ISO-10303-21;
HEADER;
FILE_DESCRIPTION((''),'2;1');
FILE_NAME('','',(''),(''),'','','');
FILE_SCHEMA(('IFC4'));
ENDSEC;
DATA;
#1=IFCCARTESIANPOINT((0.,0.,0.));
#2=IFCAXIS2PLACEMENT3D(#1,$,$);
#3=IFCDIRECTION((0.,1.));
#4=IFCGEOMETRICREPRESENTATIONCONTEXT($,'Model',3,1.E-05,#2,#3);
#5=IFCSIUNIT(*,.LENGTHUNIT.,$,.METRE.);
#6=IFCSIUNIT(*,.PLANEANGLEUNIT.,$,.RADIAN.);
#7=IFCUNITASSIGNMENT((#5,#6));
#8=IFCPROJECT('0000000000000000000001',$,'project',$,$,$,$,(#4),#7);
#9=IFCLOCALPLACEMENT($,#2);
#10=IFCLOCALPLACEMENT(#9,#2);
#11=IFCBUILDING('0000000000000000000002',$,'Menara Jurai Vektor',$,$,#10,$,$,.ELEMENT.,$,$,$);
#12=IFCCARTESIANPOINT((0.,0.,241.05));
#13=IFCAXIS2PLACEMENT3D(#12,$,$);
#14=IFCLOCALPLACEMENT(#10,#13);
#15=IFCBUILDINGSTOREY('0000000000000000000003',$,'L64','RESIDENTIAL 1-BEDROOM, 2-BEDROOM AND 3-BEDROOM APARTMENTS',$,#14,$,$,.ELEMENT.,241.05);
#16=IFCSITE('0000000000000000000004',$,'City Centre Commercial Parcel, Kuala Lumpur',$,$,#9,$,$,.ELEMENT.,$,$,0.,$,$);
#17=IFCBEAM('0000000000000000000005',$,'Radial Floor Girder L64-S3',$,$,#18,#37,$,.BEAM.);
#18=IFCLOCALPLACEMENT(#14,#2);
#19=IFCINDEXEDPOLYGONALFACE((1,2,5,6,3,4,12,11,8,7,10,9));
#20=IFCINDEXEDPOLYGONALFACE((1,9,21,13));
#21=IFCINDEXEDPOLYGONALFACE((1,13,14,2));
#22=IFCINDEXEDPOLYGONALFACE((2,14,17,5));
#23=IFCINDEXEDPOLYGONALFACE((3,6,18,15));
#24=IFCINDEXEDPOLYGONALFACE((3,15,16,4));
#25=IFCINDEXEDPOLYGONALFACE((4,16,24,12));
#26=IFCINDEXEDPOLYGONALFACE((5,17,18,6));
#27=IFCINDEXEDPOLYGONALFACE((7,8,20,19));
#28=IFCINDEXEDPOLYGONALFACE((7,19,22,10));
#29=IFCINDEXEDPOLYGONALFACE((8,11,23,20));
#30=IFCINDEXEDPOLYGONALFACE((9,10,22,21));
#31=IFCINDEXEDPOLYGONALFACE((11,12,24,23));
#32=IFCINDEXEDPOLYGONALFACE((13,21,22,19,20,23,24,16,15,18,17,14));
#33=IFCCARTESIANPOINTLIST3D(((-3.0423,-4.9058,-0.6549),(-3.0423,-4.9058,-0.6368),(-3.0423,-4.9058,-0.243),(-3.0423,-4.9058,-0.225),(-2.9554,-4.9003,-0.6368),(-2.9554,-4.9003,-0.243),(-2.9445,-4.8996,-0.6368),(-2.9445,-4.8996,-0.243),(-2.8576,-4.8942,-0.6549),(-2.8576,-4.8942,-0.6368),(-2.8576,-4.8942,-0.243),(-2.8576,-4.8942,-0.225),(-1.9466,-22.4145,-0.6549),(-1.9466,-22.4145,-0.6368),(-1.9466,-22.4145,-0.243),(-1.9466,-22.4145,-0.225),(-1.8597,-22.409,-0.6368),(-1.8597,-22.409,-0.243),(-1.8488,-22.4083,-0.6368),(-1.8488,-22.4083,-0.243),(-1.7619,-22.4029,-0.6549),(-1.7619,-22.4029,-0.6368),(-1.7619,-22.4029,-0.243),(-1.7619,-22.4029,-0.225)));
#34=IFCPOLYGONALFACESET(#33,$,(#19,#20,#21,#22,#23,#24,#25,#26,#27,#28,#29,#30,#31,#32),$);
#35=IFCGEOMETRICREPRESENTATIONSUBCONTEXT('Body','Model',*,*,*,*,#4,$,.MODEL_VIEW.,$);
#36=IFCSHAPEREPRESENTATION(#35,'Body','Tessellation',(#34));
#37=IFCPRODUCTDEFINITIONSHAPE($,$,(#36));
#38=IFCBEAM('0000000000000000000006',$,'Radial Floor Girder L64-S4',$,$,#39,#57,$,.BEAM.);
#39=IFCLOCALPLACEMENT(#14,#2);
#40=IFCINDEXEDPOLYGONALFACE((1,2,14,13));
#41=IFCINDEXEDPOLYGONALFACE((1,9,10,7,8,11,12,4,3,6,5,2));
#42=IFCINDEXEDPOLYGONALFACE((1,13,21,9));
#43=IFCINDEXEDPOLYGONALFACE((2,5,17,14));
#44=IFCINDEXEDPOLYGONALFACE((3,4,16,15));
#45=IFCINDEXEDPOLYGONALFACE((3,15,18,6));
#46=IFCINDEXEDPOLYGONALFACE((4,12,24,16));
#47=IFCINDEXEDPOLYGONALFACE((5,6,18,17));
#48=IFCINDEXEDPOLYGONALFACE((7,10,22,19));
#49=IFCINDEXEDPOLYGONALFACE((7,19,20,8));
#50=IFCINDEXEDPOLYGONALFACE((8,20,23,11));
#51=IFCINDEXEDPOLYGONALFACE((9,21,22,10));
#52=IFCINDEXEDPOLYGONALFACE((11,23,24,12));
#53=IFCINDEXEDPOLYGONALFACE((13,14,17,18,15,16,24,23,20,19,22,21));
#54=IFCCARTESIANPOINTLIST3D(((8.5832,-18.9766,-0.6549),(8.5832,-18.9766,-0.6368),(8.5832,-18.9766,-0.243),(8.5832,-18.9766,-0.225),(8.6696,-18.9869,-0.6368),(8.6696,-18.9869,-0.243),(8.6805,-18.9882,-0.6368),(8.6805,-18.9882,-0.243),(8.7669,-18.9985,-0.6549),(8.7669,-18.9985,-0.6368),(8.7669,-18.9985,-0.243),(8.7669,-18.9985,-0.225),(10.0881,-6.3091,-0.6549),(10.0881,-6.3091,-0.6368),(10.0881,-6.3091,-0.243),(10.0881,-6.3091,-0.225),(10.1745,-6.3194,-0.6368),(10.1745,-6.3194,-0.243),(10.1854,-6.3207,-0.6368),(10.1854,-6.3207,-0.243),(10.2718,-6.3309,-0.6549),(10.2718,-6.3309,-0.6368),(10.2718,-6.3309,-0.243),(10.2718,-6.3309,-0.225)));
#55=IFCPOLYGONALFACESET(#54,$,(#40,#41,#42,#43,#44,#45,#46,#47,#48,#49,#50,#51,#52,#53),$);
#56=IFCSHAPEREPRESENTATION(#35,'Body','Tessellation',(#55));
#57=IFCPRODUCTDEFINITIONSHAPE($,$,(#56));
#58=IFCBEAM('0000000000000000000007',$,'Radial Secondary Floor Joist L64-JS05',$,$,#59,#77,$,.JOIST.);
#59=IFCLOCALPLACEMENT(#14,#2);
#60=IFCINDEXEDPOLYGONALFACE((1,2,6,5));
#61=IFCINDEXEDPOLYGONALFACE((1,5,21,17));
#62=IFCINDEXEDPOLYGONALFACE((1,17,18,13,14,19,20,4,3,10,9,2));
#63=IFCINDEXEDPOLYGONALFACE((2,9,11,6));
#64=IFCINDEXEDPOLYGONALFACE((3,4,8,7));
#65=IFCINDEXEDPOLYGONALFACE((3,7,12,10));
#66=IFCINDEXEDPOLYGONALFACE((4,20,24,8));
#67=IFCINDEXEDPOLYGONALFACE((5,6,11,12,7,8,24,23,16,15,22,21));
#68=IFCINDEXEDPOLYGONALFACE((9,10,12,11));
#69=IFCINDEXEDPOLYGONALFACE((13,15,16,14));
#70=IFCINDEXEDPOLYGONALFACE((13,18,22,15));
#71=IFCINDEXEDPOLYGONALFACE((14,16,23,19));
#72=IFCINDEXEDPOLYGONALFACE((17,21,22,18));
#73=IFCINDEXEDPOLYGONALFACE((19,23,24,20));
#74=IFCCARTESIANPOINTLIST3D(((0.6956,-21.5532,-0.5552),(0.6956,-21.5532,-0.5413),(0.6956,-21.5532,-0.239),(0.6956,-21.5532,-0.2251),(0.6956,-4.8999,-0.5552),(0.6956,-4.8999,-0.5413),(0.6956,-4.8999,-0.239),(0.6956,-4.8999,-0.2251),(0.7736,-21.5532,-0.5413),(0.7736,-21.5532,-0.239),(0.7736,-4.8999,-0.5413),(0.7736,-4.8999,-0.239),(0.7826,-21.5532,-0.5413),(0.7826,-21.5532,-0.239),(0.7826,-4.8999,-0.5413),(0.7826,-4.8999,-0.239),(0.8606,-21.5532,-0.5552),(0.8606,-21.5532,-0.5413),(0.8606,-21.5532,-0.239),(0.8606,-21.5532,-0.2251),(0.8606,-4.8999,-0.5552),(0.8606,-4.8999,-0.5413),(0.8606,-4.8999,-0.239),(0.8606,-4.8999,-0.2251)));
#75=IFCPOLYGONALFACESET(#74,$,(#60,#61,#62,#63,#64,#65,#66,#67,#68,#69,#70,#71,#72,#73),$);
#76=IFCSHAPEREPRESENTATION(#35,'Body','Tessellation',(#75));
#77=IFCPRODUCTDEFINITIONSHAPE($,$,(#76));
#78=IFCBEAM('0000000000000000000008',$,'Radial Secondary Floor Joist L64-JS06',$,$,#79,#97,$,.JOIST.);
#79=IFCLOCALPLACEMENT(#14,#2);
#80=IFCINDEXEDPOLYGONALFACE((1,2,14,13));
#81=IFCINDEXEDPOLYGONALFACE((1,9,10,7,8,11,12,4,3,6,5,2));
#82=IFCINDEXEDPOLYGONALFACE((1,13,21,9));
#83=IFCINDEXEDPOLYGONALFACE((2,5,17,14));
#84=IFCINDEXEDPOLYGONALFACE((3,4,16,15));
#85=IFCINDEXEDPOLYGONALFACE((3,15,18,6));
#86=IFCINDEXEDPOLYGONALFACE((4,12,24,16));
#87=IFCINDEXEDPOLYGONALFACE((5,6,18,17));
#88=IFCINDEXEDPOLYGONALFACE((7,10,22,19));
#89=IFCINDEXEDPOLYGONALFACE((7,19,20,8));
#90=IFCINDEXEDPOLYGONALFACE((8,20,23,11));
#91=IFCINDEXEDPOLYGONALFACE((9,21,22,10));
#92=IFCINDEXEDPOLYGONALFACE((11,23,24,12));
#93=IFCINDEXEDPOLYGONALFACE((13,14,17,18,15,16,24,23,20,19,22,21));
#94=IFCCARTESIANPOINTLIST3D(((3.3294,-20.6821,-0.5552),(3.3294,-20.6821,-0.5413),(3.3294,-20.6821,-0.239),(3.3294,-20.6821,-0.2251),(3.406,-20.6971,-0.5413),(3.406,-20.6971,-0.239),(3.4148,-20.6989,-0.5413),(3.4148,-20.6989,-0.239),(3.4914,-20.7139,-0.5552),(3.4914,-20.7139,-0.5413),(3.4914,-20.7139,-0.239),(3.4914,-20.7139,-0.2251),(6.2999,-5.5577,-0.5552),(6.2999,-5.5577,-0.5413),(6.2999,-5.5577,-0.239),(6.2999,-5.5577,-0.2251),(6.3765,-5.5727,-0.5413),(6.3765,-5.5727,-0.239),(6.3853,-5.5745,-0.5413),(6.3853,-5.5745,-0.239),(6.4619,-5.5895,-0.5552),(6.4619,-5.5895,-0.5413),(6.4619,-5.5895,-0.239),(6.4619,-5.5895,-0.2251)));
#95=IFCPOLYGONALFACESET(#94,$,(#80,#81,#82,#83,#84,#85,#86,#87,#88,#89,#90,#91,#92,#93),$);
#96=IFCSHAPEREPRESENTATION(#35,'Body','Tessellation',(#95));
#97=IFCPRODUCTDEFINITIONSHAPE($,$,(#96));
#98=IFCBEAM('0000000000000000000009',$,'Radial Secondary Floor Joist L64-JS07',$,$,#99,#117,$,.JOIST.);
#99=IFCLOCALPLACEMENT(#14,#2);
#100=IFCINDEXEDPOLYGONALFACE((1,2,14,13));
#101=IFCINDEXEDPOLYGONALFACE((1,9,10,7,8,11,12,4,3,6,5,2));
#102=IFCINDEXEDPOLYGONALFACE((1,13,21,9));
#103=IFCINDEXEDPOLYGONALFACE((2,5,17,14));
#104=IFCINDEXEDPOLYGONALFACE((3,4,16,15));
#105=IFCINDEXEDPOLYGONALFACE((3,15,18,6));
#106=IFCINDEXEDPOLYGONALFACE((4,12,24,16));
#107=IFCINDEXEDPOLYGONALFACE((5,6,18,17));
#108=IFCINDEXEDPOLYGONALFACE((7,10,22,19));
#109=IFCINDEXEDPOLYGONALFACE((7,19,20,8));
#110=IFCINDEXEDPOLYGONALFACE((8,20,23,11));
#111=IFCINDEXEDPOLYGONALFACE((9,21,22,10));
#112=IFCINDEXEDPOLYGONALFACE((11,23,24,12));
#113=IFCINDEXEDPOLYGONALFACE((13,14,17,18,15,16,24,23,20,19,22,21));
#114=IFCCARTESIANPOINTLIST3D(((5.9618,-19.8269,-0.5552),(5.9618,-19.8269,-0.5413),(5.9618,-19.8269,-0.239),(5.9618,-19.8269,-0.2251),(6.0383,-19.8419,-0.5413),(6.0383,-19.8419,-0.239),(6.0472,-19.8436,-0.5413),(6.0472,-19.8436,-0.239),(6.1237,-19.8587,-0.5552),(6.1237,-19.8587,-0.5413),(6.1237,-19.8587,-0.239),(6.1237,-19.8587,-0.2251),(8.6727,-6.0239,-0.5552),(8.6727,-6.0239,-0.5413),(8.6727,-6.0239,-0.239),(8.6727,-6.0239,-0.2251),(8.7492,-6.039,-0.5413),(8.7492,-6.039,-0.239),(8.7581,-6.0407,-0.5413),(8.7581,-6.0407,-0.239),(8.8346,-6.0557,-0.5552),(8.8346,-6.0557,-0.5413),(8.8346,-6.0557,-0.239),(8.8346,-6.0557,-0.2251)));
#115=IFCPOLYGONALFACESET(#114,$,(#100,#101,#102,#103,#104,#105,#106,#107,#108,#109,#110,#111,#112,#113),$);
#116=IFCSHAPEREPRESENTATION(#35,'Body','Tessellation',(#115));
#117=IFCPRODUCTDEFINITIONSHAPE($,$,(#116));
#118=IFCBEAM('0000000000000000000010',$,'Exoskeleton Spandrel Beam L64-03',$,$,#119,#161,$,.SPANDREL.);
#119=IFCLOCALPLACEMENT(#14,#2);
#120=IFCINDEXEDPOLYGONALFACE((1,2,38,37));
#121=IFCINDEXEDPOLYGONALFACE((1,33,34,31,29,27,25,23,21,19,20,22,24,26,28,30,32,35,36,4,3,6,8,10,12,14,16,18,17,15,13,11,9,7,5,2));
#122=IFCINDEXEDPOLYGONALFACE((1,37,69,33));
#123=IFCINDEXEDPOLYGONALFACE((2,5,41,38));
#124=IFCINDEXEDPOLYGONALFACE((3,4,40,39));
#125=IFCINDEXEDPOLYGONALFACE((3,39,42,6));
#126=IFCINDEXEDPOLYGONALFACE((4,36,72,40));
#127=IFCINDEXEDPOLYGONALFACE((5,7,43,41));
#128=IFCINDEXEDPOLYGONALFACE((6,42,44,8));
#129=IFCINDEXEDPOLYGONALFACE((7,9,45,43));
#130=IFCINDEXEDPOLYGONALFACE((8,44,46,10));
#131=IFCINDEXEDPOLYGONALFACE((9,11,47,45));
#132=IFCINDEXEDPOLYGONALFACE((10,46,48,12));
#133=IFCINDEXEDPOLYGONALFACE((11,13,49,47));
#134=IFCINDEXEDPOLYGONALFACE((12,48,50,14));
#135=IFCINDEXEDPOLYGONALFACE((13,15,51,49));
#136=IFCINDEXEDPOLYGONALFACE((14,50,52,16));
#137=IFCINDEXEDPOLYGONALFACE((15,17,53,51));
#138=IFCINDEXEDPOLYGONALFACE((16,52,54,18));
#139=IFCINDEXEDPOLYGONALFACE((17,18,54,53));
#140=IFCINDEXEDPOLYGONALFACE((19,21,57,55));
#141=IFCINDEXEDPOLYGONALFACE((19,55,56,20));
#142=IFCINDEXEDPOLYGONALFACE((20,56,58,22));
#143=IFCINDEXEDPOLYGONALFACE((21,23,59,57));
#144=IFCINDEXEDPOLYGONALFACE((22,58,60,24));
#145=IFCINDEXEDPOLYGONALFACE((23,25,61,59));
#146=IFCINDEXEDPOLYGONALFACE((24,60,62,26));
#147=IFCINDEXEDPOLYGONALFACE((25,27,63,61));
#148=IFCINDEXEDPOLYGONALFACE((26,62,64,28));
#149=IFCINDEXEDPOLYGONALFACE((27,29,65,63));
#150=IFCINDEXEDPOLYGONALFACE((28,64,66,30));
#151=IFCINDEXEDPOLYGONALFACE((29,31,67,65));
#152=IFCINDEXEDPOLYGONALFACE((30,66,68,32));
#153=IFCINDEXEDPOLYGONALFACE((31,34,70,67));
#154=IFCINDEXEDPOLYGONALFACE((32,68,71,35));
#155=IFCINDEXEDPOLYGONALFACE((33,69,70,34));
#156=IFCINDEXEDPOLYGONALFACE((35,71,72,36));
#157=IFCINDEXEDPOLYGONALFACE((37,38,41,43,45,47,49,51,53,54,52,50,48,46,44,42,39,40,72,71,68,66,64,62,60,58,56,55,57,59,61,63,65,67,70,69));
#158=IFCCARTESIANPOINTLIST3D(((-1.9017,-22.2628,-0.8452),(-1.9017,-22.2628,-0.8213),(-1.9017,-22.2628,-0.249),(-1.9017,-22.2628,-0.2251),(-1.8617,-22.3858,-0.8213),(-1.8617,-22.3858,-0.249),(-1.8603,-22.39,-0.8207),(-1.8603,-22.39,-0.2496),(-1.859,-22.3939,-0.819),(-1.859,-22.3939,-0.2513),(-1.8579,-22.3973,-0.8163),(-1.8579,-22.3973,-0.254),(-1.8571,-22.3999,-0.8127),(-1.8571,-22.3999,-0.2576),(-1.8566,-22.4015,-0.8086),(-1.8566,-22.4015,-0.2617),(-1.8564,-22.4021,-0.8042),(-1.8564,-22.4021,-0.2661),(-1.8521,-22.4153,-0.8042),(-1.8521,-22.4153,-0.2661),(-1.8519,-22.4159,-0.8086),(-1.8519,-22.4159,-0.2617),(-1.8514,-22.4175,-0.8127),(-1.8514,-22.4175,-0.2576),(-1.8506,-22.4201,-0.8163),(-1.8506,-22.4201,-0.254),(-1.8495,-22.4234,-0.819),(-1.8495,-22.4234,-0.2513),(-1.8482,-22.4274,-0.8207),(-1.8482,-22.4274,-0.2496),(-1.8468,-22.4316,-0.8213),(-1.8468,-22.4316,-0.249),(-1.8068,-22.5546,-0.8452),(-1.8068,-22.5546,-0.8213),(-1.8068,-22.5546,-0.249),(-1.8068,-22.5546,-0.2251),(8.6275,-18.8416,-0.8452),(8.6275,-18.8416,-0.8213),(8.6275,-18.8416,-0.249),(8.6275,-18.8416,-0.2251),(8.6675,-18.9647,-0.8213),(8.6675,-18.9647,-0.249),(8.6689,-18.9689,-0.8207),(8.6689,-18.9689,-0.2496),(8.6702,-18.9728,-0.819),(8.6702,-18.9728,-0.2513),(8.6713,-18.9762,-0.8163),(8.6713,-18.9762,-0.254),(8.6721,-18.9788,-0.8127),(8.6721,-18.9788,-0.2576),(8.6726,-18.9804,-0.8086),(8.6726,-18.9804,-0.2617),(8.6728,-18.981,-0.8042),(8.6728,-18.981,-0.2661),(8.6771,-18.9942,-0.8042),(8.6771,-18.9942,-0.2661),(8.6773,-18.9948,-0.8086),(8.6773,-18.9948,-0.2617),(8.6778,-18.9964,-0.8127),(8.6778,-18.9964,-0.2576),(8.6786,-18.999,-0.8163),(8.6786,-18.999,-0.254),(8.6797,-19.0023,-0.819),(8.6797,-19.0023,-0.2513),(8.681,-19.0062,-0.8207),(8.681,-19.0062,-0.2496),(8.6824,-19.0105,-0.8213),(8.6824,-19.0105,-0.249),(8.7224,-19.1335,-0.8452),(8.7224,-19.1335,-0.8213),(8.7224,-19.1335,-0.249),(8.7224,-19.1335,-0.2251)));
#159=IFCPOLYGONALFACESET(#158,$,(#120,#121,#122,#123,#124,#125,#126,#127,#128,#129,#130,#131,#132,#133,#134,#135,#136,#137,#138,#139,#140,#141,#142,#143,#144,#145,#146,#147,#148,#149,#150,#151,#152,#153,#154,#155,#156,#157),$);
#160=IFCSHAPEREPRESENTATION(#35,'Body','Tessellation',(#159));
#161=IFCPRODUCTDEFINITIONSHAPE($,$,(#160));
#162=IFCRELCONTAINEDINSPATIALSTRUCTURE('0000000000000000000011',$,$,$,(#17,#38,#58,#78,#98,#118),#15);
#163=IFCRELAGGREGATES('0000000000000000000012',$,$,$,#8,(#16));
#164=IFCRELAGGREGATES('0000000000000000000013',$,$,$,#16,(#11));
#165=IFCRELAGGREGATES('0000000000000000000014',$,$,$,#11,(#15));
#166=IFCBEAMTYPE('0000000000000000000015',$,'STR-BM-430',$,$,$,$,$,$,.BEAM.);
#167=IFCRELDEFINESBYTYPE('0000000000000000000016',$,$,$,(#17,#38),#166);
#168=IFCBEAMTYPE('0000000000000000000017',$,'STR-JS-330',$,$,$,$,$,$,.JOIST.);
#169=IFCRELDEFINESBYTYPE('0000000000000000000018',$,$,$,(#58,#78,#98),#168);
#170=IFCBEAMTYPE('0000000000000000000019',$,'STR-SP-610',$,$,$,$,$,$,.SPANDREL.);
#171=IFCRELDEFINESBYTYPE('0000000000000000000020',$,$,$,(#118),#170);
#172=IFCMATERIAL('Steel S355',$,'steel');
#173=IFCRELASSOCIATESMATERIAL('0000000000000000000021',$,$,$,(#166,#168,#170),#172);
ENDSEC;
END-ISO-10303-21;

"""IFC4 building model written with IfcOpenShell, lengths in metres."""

from ifc_helpers import new_model, si_unit, direction, frame, origin, origin_2d, place, context, subcontext, project, spatial, i_section, extrude, material, material_profile, profile_set, type_object, element, save


model = new_model("IFC4")

# Units and contexts
model_context = context("Model", 3, precision=1e-05, world=origin(), true_north=direction((0.0, 1.0)))
body_context = subcontext(model_context, "Body", "Model", "MODEL_VIEW")
ifc_project = project(units=[si_unit("LENGTHUNIT", "METRE"), si_unit("PLANEANGLEUNIT", "RADIAN")], contexts=[model_context])

# Site, building, storey
site_placement = place(None, origin())
site = spatial("IfcSite", under=ifc_project, at=site_placement, Name="City Centre Commercial Parcel, Kuala Lumpur", CompositionType="ELEMENT", RefElevation=0.0)
building_placement = place(site_placement, origin())
building = spatial("IfcBuilding", under=site, at=building_placement, Name="Menara Jurai Vektor", CompositionType="ELEMENT")
storey_placement = place(building_placement, frame((0.0, 0.0, 241.05)))
storey = spatial("IfcBuildingStorey", under=building, at=storey_placement, Name="L64", Description="RESIDENTIAL 1-BEDROOM, 2-BEDROOM AND 3-BEDROOM APARTMENTS", CompositionType="ELEMENT", Elevation=241.05)

# Beams
ifc_material_1 = material(Name="Steel S355", Category="steel")
ifc_material_profile_1 = material_profile(ifc_material_1, i_section(OverallWidth=0.1851, OverallDepth=0.4299, WebThickness=0.011, FlangeThickness=0.0181, at=origin_2d()), Name="PG 430x185x76")
ifc_profile_set_1 = profile_set([ifc_material_profile_1], Name="Steel S355")
beam_type_1 = type_object("IfcBeamType", Name="STR-BM-430", PredefinedType="BEAM", material=ifc_profile_set_1)
beam_1_placement = place(storey_placement, frame((-1.8542, -22.4087, -0.4399), z_axis=(-0.062458, 0.998048, 0.0), x_axis=(-0.998048, -0.062458, 0.0)))
element("IfcBeam", 1, at=beam_1_placement, inside=storey, type_object=beam_type_1, Name="Radial Floor Girder L64-S3", PredefinedType="BEAM", context=body_context, shape_type="SweptSolid", body=[
    extrude(i_section(OverallWidth=0.1851, OverallDepth=0.4299, WebThickness=0.011, FlangeThickness=0.0181, at=origin_2d()), origin(), (0.0, 0.0, 1.0), 17.543),
])
beam_2_placement = place(storey_placement, frame((8.675, -18.9875, -0.4399), z_axis=(0.117969, 0.993017, 0.0), x_axis=(-0.993017, 0.117969, 0.0)))
element("IfcBeam", 2, at=beam_2_placement, inside=storey, type_object=beam_type_1, Name="Radial Floor Girder L64-S4", PredefinedType="BEAM", context=body_context, shape_type="SweptSolid", body=[
    extrude(i_section(OverallWidth=0.1851, OverallDepth=0.4299, WebThickness=0.011, FlangeThickness=0.0181, at=origin_2d()), origin(), (0.0, 0.0, 1.0), 12.7566),
])
ifc_material_profile_2 = material_profile(ifc_material_1, i_section(OverallWidth=0.165, OverallDepth=0.3301, WebThickness=0.009, FlangeThickness=0.0139, at=origin_2d()), Name="PG 330x165x46")
ifc_profile_set_2 = profile_set([ifc_material_profile_2], Name="Steel S355")
beam_type_2 = type_object("IfcBeamType", Name="STR-JS-330", PredefinedType="JOIST", material=ifc_profile_set_2)
beam_3_placement = place(storey_placement, frame((0.7781, -21.5532, -0.3901), z_axis=(0.0, 1.0, 0.0), x_axis=(-1.0, 0.0, 0.0)))
element("IfcBeam", 3, at=beam_3_placement, inside=storey, type_object=beam_type_2, Name="Radial Secondary Floor Joist L64-JS05", PredefinedType="JOIST", context=body_context, shape_type="SweptSolid", body=[
    extrude(i_section(OverallWidth=0.165, OverallDepth=0.3301, WebThickness=0.009, FlangeThickness=0.0139, at=origin_2d()), origin(), (0.0, 0.0, 1.0), 16.6533),
])
beam_4_placement = place(storey_placement, frame((3.4104, -20.698, -0.3901), z_axis=(0.192722, 0.981253, 0.0), x_axis=(-0.981253, 0.192722, 0.0)))
element("IfcBeam", 4, at=beam_4_placement, inside=storey, type_object=beam_type_2, Name="Radial Secondary Floor Joist L64-JS06", PredefinedType="JOIST", context=body_context, shape_type="SweptSolid", body=[
    extrude(i_section(OverallWidth=0.165, OverallDepth=0.3301, WebThickness=0.009, FlangeThickness=0.0139, at=origin_2d()), origin(), (0.0, 0.0, 1.0), 15.4133),
])
beam_5_placement = place(storey_placement, frame((6.0427, -19.8428, -0.3901), z_axis=(0.192721, 0.981254, 0.0), x_axis=(-0.981254, 0.192721, 0.0)))
element("IfcBeam", 5, at=beam_5_placement, inside=storey, type_object=beam_type_2, Name="Radial Secondary Floor Joist L64-JS07", PredefinedType="JOIST", context=body_context, shape_type="SweptSolid", body=[
    extrude(i_section(OverallWidth=0.165, OverallDepth=0.3301, WebThickness=0.009, FlangeThickness=0.0139, at=origin_2d()), origin(), (0.0, 0.0, 1.0), 14.0667),
])
ifc_material_profile_3 = material_profile(ifc_material_1, i_section(OverallWidth=0.3069, OverallDepth=0.6201, WebThickness=0.0139, FlangeThickness=0.0239, FilletRadius=0.0171, at=origin_2d()), Name="UKB 610x305x179")
ifc_profile_set_3 = profile_set([ifc_material_profile_3], Name="Steel S355")
beam_type_3 = type_object("IfcBeamType", Name="STR-SP-610", PredefinedType="SPANDREL", material=ifc_profile_set_3)
for number, where, z_axis, x_axis, name in (
    (6, (-1.8542, -22.4087, -0.5352), (0.951057, 0.309014, 0.0), (-0.309014, 0.951057, 0.0), "Exoskeleton Spandrel Beam L64-03"),
):
    element("IfcBeam", number, at=place(storey_placement, frame(where, z_axis=z_axis, x_axis=x_axis)), inside=storey, type_object=beam_type_3, Name=name, PredefinedType="SPANDREL", context=body_context, shape_type="SweptSolid", body=[
        extrude(i_section(OverallWidth=0.3069, OverallDepth=0.6201, WebThickness=0.0139, FlangeThickness=0.0239, FilletRadius=0.0171, at=origin_2d()), origin(), (0.0, 0.0, 1.0), 11.071),
    ])

save(model, "model.ifc")
